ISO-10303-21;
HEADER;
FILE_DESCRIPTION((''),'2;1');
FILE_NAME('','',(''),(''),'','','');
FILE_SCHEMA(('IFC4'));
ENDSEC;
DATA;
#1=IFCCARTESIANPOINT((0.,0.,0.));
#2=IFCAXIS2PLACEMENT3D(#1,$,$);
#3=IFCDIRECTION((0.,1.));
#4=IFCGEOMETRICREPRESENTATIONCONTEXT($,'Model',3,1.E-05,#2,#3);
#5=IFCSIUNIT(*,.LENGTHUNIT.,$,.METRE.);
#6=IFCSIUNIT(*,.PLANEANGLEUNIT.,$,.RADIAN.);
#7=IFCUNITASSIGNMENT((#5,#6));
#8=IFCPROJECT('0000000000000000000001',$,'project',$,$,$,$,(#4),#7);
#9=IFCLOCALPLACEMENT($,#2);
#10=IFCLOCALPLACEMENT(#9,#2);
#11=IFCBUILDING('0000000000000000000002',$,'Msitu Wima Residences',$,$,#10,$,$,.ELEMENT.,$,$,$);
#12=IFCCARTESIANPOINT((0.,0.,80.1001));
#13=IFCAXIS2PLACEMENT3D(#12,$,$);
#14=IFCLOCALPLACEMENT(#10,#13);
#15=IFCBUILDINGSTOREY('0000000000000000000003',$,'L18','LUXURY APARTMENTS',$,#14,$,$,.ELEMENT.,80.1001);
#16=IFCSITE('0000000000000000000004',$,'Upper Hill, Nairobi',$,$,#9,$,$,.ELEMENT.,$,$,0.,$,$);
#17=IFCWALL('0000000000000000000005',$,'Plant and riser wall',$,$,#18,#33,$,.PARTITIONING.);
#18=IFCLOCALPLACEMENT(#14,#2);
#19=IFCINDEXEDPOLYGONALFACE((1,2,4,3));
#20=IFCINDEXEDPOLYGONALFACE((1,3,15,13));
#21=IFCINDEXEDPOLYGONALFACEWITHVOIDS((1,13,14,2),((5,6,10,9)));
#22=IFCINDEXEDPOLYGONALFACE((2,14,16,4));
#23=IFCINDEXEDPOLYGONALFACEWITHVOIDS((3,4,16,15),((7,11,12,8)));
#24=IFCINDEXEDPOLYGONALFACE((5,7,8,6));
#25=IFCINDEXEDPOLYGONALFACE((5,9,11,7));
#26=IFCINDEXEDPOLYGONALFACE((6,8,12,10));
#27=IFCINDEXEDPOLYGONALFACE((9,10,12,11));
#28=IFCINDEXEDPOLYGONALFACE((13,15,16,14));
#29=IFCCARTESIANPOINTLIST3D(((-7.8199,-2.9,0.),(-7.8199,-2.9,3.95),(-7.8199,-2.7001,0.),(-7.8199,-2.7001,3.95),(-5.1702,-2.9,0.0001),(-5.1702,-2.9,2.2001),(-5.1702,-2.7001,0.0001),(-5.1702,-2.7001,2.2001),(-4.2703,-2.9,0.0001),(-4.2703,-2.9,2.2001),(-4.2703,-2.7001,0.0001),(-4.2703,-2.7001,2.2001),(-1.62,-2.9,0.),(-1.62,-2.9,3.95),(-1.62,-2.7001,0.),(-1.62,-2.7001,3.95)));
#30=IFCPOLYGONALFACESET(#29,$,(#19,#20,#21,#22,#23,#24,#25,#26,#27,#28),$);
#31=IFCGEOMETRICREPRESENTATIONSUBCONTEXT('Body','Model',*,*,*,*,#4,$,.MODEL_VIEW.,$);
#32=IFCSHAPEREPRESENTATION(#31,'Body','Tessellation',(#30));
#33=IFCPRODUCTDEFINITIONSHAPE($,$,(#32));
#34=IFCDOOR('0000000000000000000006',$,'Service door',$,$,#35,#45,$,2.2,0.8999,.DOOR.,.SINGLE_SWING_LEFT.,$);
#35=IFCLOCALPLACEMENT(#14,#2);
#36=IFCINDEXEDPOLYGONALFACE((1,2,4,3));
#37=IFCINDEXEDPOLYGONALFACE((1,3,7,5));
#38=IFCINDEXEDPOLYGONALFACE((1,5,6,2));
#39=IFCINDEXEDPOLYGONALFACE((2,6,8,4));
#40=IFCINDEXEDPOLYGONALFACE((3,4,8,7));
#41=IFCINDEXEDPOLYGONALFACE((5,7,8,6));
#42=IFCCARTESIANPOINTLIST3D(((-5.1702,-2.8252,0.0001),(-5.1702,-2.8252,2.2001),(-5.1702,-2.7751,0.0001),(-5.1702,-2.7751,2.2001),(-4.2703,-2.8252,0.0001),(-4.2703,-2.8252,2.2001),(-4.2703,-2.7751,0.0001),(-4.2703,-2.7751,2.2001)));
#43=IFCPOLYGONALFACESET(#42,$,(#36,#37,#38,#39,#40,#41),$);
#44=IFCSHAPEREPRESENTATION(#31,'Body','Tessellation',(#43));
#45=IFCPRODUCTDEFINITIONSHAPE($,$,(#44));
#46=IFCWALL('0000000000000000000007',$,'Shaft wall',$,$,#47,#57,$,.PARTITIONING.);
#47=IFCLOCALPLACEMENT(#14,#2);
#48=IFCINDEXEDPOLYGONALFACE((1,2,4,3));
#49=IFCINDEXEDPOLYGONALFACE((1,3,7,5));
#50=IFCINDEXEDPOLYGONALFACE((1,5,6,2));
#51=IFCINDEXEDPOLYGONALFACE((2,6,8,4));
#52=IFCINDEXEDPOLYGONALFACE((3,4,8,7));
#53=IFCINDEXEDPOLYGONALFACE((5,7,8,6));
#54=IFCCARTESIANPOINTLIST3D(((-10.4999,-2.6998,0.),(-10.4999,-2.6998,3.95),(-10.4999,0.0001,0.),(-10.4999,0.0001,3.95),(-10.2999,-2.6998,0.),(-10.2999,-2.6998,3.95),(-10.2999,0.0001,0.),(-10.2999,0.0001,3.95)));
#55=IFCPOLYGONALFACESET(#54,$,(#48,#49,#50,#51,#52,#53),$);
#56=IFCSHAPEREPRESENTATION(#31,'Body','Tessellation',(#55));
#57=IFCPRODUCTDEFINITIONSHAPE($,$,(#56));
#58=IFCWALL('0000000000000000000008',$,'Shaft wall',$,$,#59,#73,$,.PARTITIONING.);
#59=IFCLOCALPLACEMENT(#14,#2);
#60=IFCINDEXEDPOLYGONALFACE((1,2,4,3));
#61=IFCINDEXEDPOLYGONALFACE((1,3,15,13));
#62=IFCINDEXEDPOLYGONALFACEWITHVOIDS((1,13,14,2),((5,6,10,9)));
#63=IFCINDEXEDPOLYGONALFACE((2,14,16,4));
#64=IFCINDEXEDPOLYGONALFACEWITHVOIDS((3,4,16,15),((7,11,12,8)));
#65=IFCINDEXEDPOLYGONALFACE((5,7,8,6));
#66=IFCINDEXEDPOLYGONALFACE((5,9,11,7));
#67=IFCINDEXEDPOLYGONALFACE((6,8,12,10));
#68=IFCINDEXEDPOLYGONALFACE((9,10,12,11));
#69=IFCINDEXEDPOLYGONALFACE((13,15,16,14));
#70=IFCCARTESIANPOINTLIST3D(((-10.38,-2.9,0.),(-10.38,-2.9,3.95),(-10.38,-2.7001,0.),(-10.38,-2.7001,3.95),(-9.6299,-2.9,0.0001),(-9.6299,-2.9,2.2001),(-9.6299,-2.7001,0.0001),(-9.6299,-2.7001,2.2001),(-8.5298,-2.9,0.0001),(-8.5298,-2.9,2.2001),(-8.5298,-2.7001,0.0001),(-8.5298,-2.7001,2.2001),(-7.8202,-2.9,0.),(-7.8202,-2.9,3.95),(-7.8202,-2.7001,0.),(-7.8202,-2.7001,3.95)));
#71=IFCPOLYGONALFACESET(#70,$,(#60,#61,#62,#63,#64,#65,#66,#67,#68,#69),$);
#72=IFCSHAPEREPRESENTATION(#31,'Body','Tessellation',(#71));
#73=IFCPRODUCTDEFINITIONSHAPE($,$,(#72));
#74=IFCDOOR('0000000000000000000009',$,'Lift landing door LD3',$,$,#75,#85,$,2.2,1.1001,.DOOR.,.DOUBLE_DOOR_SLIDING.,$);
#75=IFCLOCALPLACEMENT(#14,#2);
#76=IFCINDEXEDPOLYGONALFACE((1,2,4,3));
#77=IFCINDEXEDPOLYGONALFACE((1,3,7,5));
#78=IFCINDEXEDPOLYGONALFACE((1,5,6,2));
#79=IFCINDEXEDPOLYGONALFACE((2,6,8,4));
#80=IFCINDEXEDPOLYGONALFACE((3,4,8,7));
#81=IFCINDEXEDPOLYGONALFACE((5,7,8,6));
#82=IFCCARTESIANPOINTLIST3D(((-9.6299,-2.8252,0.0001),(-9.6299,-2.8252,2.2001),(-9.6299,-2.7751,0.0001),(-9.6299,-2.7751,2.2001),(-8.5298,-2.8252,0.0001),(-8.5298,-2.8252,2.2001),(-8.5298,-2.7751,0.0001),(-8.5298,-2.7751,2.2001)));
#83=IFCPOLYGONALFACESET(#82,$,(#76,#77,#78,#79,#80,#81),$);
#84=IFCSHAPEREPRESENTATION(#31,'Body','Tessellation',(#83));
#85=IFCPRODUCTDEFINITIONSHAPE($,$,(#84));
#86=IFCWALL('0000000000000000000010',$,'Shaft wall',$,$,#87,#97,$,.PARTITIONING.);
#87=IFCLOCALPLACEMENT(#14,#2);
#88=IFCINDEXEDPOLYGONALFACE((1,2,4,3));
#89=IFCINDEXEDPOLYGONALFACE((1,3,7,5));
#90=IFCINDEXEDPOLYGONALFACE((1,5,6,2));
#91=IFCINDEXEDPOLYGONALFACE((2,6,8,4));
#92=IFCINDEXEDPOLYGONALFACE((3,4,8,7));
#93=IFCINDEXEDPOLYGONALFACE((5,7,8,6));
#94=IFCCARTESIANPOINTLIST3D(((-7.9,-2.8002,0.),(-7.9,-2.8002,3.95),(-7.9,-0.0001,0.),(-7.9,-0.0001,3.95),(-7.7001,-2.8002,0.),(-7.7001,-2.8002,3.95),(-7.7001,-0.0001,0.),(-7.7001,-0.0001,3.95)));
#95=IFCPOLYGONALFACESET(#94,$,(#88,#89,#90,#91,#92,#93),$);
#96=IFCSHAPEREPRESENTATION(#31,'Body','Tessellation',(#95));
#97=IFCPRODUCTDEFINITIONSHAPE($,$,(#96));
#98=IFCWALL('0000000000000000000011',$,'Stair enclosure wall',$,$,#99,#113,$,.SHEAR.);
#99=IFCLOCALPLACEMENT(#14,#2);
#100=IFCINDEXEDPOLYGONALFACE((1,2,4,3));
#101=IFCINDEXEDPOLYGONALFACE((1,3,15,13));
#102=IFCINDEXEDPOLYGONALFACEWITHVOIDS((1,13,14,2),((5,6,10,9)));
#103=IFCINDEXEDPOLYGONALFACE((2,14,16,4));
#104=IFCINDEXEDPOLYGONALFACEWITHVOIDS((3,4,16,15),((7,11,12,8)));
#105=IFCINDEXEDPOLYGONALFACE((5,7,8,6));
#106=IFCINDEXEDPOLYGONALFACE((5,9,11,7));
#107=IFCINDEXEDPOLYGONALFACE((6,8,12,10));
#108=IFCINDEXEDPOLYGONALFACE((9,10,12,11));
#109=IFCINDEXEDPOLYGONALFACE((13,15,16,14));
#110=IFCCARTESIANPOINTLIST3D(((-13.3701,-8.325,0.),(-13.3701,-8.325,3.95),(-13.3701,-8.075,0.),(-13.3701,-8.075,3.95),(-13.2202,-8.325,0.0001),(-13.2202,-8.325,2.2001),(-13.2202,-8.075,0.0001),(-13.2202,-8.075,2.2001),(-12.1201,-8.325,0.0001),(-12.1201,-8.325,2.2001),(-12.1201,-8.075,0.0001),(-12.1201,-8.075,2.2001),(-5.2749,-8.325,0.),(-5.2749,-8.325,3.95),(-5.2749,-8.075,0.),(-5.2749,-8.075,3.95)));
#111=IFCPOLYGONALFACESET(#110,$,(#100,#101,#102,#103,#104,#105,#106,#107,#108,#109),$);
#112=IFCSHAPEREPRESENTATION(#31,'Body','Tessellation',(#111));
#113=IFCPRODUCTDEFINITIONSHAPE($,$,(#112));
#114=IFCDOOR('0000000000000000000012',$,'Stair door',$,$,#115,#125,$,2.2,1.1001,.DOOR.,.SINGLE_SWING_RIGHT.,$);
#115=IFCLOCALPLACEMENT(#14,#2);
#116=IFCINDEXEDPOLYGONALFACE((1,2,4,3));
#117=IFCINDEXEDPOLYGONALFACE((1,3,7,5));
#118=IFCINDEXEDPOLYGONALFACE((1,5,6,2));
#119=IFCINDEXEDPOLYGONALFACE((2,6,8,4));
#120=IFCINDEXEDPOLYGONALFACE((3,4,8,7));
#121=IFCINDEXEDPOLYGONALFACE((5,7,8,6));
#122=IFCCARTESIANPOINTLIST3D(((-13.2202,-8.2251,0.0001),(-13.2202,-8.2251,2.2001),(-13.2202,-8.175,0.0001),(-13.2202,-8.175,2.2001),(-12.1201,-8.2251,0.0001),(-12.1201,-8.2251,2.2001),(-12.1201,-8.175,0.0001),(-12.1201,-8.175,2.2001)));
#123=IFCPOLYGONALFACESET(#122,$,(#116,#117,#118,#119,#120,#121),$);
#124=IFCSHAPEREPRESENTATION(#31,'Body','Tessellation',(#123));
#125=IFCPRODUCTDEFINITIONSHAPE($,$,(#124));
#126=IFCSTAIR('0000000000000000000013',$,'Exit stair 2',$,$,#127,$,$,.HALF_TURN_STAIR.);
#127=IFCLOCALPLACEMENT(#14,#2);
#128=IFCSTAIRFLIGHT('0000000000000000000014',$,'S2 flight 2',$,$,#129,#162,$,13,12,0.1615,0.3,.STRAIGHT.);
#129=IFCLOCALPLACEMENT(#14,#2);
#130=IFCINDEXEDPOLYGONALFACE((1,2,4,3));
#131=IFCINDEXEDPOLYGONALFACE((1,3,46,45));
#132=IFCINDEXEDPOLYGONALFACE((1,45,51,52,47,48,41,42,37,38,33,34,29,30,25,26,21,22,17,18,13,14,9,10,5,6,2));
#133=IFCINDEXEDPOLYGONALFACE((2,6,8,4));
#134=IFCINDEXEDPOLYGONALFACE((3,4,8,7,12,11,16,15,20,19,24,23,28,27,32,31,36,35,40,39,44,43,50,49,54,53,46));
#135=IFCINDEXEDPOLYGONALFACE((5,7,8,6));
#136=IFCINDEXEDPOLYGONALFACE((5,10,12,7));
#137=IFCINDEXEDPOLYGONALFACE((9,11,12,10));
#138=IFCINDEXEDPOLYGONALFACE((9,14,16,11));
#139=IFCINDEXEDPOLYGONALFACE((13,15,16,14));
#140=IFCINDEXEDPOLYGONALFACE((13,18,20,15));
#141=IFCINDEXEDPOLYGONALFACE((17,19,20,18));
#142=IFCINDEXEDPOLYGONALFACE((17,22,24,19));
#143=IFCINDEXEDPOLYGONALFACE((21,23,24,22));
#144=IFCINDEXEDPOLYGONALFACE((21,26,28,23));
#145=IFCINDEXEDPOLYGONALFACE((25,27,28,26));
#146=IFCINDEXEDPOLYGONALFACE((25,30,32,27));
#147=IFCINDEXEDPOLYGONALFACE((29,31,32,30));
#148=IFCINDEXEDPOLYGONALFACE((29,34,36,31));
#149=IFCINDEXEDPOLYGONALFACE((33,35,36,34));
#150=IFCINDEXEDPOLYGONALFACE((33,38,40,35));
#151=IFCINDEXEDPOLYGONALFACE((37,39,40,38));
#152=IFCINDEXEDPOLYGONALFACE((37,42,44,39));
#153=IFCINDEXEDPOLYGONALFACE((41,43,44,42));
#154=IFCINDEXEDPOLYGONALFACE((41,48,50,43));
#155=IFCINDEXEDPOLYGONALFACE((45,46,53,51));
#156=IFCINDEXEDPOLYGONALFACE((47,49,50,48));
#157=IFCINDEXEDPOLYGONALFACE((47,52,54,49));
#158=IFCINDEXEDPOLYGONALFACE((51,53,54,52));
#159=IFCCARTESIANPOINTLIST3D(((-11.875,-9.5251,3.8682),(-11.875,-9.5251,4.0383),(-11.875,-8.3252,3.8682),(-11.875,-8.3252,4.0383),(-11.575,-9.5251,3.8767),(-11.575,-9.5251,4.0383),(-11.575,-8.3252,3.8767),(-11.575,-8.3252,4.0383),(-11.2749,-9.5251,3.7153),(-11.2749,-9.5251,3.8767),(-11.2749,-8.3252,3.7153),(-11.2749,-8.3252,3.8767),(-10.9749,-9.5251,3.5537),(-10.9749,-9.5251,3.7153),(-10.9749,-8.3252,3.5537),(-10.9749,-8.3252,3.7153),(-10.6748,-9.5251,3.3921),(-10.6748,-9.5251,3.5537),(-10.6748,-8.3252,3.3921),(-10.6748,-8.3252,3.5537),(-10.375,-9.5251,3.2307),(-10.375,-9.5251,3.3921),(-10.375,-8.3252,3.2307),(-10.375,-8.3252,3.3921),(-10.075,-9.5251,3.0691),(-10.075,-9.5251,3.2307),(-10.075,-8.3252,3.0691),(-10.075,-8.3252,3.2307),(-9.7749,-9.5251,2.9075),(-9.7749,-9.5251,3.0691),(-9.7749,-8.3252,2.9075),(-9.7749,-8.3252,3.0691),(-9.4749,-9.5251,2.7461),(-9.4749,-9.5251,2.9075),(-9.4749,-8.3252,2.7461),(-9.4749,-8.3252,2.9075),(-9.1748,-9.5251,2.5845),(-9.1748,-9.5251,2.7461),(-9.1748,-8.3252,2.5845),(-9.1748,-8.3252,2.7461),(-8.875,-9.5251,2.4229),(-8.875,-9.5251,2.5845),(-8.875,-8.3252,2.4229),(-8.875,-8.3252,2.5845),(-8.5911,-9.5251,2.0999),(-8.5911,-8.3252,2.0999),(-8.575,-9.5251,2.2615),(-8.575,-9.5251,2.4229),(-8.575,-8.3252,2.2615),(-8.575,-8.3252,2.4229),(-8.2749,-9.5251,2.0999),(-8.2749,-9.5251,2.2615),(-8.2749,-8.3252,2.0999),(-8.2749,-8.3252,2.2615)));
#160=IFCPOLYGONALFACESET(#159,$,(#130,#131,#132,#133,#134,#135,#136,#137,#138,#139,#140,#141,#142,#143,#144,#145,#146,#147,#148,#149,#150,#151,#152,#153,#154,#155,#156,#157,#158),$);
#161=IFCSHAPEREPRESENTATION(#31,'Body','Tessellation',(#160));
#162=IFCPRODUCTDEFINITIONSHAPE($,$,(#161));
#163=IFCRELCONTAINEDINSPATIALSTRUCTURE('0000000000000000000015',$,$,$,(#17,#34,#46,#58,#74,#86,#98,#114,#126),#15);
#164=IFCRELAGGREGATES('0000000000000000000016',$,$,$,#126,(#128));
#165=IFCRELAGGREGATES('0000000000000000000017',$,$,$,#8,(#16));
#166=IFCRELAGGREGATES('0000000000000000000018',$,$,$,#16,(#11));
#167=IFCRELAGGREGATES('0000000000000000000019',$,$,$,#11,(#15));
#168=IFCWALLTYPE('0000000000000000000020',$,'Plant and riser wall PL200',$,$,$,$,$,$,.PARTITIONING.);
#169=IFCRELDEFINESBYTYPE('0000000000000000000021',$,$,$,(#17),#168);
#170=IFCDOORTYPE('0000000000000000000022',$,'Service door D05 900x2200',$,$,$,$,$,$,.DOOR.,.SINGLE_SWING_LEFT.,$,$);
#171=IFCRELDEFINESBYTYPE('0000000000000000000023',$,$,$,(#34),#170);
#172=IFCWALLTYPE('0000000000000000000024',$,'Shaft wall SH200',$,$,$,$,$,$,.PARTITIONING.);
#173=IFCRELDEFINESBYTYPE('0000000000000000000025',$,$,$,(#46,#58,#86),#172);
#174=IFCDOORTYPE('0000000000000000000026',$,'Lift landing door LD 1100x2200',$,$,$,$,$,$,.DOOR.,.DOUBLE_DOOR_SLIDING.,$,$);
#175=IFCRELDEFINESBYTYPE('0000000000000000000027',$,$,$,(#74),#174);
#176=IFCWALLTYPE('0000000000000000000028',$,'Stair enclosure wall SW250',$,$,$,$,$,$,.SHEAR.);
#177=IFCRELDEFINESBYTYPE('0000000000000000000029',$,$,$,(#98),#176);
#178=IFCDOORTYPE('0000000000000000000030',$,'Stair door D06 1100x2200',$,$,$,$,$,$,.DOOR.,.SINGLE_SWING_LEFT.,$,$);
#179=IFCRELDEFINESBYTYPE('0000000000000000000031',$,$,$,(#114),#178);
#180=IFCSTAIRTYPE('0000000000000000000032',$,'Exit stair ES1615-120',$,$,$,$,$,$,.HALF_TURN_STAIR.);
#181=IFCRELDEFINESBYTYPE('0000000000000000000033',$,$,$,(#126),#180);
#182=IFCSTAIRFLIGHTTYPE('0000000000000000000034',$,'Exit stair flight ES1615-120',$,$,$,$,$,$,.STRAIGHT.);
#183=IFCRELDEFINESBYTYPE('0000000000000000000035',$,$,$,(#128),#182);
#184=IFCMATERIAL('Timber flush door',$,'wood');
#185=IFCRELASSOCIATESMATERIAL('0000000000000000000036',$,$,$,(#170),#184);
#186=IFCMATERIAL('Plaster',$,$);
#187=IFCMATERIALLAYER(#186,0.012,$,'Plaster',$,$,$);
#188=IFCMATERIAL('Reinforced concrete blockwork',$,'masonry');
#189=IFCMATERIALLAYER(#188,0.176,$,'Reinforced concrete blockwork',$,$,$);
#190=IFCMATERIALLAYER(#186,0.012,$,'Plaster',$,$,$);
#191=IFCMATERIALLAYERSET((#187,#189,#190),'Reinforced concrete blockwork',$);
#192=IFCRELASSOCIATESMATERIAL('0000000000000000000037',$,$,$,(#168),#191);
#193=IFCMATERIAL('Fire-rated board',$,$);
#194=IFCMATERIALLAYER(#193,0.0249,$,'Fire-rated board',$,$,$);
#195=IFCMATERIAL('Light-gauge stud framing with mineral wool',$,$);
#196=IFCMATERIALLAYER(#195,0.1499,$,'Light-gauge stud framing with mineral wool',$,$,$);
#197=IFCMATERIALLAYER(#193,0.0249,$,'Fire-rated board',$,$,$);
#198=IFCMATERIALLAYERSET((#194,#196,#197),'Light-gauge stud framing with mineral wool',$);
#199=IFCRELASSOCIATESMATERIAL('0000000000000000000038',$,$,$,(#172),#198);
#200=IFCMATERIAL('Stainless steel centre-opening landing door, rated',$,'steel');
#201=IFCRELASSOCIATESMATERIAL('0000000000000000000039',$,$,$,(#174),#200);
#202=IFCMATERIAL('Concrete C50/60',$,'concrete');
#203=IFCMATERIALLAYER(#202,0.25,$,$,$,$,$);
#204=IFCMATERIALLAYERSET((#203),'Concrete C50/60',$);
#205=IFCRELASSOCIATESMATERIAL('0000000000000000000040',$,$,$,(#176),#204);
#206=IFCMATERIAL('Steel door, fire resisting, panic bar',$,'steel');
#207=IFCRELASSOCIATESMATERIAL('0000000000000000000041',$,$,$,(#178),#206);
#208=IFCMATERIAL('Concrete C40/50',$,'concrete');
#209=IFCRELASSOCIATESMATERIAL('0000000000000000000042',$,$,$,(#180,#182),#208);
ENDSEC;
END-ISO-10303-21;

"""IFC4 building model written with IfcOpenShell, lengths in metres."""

from ifc_helpers import new_model, si_unit, direction, frame, frame_2d, origin, place, context, subcontext, project, spatial, polyline, rectangle, outline, extrude, material, layer, layer_set, type_object, element, fill, aggregate, save


model = new_model("IFC4")

# Units and contexts
model_context = context("Model", 3, precision=1e-05, world=origin(), true_north=direction((0.0, 1.0)))
body_context = subcontext(model_context, "Body", "Model", "MODEL_VIEW")
ifc_project = project(units=[si_unit("LENGTHUNIT", "METRE"), si_unit("PLANEANGLEUNIT", "RADIAN")], contexts=[model_context])

# Site, building, storey
site_placement = place(None, origin())
site = spatial("IfcSite", under=ifc_project, at=site_placement, Name="Upper Hill, Nairobi", CompositionType="ELEMENT", RefElevation=0.0)
building_placement = place(site_placement, origin())
building = spatial("IfcBuilding", under=site, at=building_placement, Name="Msitu Wima Residences", CompositionType="ELEMENT")
storey_placement = place(building_placement, frame((0.0, 0.0, 80.1001)))
storey = spatial("IfcBuildingStorey", under=building, at=storey_placement, Name="L18", Description="LUXURY APARTMENTS", CompositionType="ELEMENT", Elevation=80.1001)

# Shared definitions
ifc_material_1 = material(Name="Plaster")

# Shared definitions
ifc_material_2 = material(Name="Timber flush door", Category="wood")
door_type_1 = type_object("IfcDoorType", Name="Service door D05 900x2200", OperationType="SINGLE_SWING_LEFT", PredefinedType="DOOR", material=ifc_material_2)

# Wall, opening, door
ifc_layer_1 = layer(ifc_material_1, 0.012, Name="Plaster")
ifc_material_3 = material(Name="Reinforced concrete blockwork", Category="masonry")
ifc_layer_2 = layer(ifc_material_3, 0.176, Name="Reinforced concrete blockwork")
ifc_layer_3 = layer(ifc_material_1, 0.012, Name="Plaster")
ifc_layer_set_1 = layer_set([ifc_layer_1, ifc_layer_2, ifc_layer_3], Name="Reinforced concrete blockwork")
wall_type_1 = type_object("IfcWallType", Name="Plant and riser wall PL200", PredefinedType="PARTITIONING", material=ifc_layer_set_1)
wall_1_placement = place(storey_placement, frame((-7.8201, -2.8, 0.0), z_axis=(0.0, 0.0, 1.0), x_axis=(1.0, 0.0, 0.0)))
wall_1 = element("IfcWall", 1, at=wall_1_placement, inside=storey, type_object=wall_type_1, Name="Plant and riser wall", PredefinedType="PARTITIONING", context=body_context, shape_type="SweptSolid", body=[
    extrude(rectangle(XDim=6.2, YDim=0.2, at=frame_2d((3.1001, 0.0))), origin(), (0.0, 0.0, 1.0), 3.95),
])
opening_1_placement = place(wall_1_placement, frame((2.6499, 0.0, 0.0)))
opening_1 = element("IfcOpeningElement", 2, at=opening_1_placement, cuts=wall_1, PredefinedType="OPENING", context=body_context, shape_type="SweptSolid", body=[
    extrude(rectangle(XDim=0.8999, YDim=2.2, at=frame_2d((0.45, 1.1001))), frame((0.0, 0.1099, 0.0), z_axis=(0.0, -1.0, 0.0), x_axis=(1.0, 0.0, 0.0)), (0.0, 0.0, 1.0), 0.22),
])
door_1_placement = place(opening_1_placement, origin())
door_1 = element("IfcDoor", 3, at=door_1_placement, inside=storey, type_object=door_type_1, Name="Service door", OperationType="SINGLE_SWING_LEFT", OverallHeight=2.2, OverallWidth=0.8999, PredefinedType="DOOR", context=body_context, shape_type="SweptSolid", body=[
    extrude(rectangle(XDim=0.8999, YDim=2.2, at=frame_2d((0.45, 1.1001))), frame((0.0, 0.0249, 0.0), z_axis=(0.0, -1.0, 0.0), x_axis=(1.0, 0.0, 0.0)), (0.0, 0.0, 1.0), 0.05),
])
fill(opening_1, door_1)

# Wall
ifc_material_4 = material(Name="Fire-rated board")
ifc_layer_4 = layer(ifc_material_4, 0.0249, Name="Fire-rated board")
ifc_material_5 = material(Name="Light-gauge stud framing with mineral wool")
ifc_layer_5 = layer(ifc_material_5, 0.1499, Name="Light-gauge stud framing with mineral wool")
ifc_layer_6 = layer(ifc_material_4, 0.0249, Name="Fire-rated board")
ifc_layer_set_2 = layer_set([ifc_layer_4, ifc_layer_5, ifc_layer_6], Name="Light-gauge stud framing with mineral wool")
wall_type_2 = type_object("IfcWallType", Name="Shaft wall SH200", PredefinedType="PARTITIONING", material=ifc_layer_set_2)
wall_2_placement = place(storey_placement, frame((-10.3999, -2.7, 0.0), z_axis=(0.0, 0.0, 1.0), x_axis=(0.0, 1.0, 0.0)))
element("IfcWall", 4, at=wall_2_placement, inside=storey, type_object=wall_type_2, Name="Shaft wall", PredefinedType="PARTITIONING", context=body_context, shape_type="SweptSolid", body=[
    extrude(rectangle(XDim=2.7, YDim=0.2, at=frame_2d((1.3501, 0.0))), origin(), (0.0, 0.0, 1.0), 3.95),
])

# Wall, opening, door
wall_3_placement = place(storey_placement, frame((-10.3799, -2.8, 0.0), z_axis=(0.0, 0.0, 1.0), x_axis=(1.0, 0.0, 0.0)))
wall_3 = element("IfcWall", 5, at=wall_3_placement, inside=storey, type_object=wall_type_2, Name="Shaft wall", PredefinedType="PARTITIONING", context=body_context, shape_type="SweptSolid", body=[
    extrude(rectangle(XDim=2.5598, YDim=0.2, at=frame_2d((1.2798, 0.0))), origin(), (0.0, 0.0, 1.0), 3.95),
])
opening_2_placement = place(wall_3_placement, frame((0.75, 0.0, 0.0)))
opening_2 = element("IfcOpeningElement", 6, at=opening_2_placement, cuts=wall_3, PredefinedType="OPENING", context=body_context, shape_type="SweptSolid", body=[
    extrude(rectangle(XDim=1.1001, YDim=2.2, at=frame_2d((0.55, 1.1001))), frame((0.0, 0.1099, 0.0), z_axis=(0.0, -1.0, 0.0), x_axis=(1.0, 0.0, 0.0)), (0.0, 0.0, 1.0), 0.22),
])
ifc_material_6 = material(Name="Stainless steel centre-opening landing door, rated", Category="steel")
door_type_2 = type_object("IfcDoorType", Name="Lift landing door LD 1100x2200", OperationType="DOUBLE_DOOR_SLIDING", PredefinedType="DOOR", material=ifc_material_6)
door_2_placement = place(opening_2_placement, origin())
door_2 = element("IfcDoor", 7, at=door_2_placement, inside=storey, type_object=door_type_2, Name="Lift landing door LD3", OperationType="DOUBLE_DOOR_SLIDING", OverallHeight=2.2, OverallWidth=1.1001, PredefinedType="DOOR", context=body_context, shape_type="SweptSolid", body=[
    extrude(rectangle(XDim=1.1001, YDim=2.2, at=frame_2d((0.55, 1.1001))), frame((0.0, 0.0249, 0.0), z_axis=(0.0, -1.0, 0.0), x_axis=(1.0, 0.0, 0.0)), (0.0, 0.0, 1.0), 0.05),
])
fill(opening_2, door_2)

# Wall
wall_4_placement = place(storey_placement, frame((-7.8, -2.8, 0.0), z_axis=(0.0, 0.0, 1.0), x_axis=(0.0, 1.0, 0.0)))
element("IfcWall", 8, at=wall_4_placement, inside=storey, type_object=wall_type_2, Name="Shaft wall", PredefinedType="PARTITIONING", context=body_context, shape_type="SweptSolid", body=[
    extrude(rectangle(XDim=2.8, YDim=0.2, at=frame_2d((1.3999, 0.0))), origin(), (0.0, 0.0, 1.0), 3.95),
])

# Wall, opening, door
ifc_material_7 = material(Name="Concrete C50/60", Category="concrete")
ifc_layer_7 = layer(ifc_material_7, 0.25)
ifc_layer_set_3 = layer_set([ifc_layer_7], Name="Concrete C50/60")
wall_type_3 = type_object("IfcWallType", Name="Stair enclosure wall SW250", PredefinedType="SHEAR", material=ifc_layer_set_3)
wall_5_placement = place(storey_placement, frame((-13.3701, -8.2, 0.0), z_axis=(0.0, 0.0, 1.0), x_axis=(1.0, 0.0, 0.0)))
wall_5 = element("IfcWall", 9, at=wall_5_placement, inside=storey, type_object=wall_type_3, Name="Stair enclosure wall", PredefinedType="SHEAR", context=body_context, shape_type="SweptSolid", body=[
    extrude(rectangle(XDim=8.0952, YDim=0.25, at=frame_2d((4.0476, 0.0))), origin(), (0.0, 0.0, 1.0), 3.95),
])
opening_3_placement = place(wall_5_placement, frame((0.1499, 0.0, 0.0)))
opening_3 = element("IfcOpeningElement", 10, at=opening_3_placement, cuts=wall_5, PredefinedType="OPENING", context=body_context, shape_type="SweptSolid", body=[
    extrude(rectangle(XDim=1.1001, YDim=2.2, at=frame_2d((0.55, 1.1001))), frame((0.0, 0.135, 0.0), z_axis=(0.0, -1.0, 0.0), x_axis=(1.0, 0.0, 0.0)), (0.0, 0.0, 1.0), 0.27),
])
ifc_material_8 = material(Name="Steel door, fire resisting, panic bar", Category="steel")
door_type_3 = type_object("IfcDoorType", Name="Stair door D06 1100x2200", OperationType="SINGLE_SWING_LEFT", PredefinedType="DOOR", material=ifc_material_8)
door_3_placement = place(opening_3_placement, origin())
door_3 = element("IfcDoor", 11, at=door_3_placement, inside=storey, type_object=door_type_3, Name="Stair door", OperationType="SINGLE_SWING_RIGHT", OverallHeight=2.2, OverallWidth=1.1001, PredefinedType="DOOR", context=body_context, shape_type="SweptSolid", body=[
    extrude(rectangle(XDim=1.1001, YDim=2.2, at=frame_2d((0.55, 1.1001))), frame((0.0, 0.0249, 0.0), z_axis=(0.0, -1.0, 0.0), x_axis=(1.0, 0.0, 0.0)), (0.0, 0.0, 1.0), 0.05),
])
fill(opening_3, door_3)

# Stair, stair flight
ifc_material_9 = material(Name="Concrete C40/50", Category="concrete")
stair_type = type_object("IfcStairType", Name="Exit stair ES1615-120", PredefinedType="HALF_TURN_STAIR", material=ifc_material_9)
stair_placement = place(storey_placement, origin())
stair = element("IfcStair", 12, at=stair_placement, inside=storey, type_object=stair_type, Name="Exit stair 2", PredefinedType="HALF_TURN_STAIR")
stair_flight_type = type_object("IfcStairFlightType", Name="Exit stair flight ES1615-120", PredefinedType="STRAIGHT", material=ifc_material_9)
stair_flight_placement = place(storey_placement, frame((-8.2749, -8.925, 2.0999), z_axis=(0.0, 0.0, 1.0), x_axis=(-1.0, 0.0, 0.0)))
stair_flight = element("IfcStairFlight", 13, at=stair_flight_placement, type_object=stair_flight_type, Name="S2 flight 2", NumberOfRisers=13, NumberOfTreads=12, PredefinedType="STRAIGHT", RiserHeight=0.1615, TreadLength=0.3, context=body_context, shape_type="SweptSolid", body=[
    extrude(outline(polyline([(0.0, 0.0), (0.0, 0.1616), (0.3, 0.1616), (0.3, 0.323), (0.6001, 0.323), (0.6001, 0.4846), (0.8999, 0.4846), (0.8999, 0.6462), (1.2, 0.6462), (1.2, 0.8076), (1.5, 0.8076), (1.5, 0.9692), (1.8, 0.9692), (1.8, 1.1309), (2.1001, 1.1309), (2.1001, 1.2922), (2.3999, 1.2922), (2.3999, 1.4539), (2.7, 1.4539), (2.7, 1.6155), (3.0, 1.6155), (3.0, 1.7769), (3.3, 1.7769), (3.3, 1.9385), (3.6001, 1.9385), (3.6001, 2.1001), (3.6001, 1.7683), (0.3162, 0.0), (0.0, 0.0)])), frame((0.0, 0.6001, 0.0), z_axis=(0.0, -1.0, 0.0), x_axis=(1.0, 0.0, 0.0)), (0.0, 0.0, 1.0), 1.2),
])
aggregate(stair, [stair_flight])

save(model, "model.ifc")
